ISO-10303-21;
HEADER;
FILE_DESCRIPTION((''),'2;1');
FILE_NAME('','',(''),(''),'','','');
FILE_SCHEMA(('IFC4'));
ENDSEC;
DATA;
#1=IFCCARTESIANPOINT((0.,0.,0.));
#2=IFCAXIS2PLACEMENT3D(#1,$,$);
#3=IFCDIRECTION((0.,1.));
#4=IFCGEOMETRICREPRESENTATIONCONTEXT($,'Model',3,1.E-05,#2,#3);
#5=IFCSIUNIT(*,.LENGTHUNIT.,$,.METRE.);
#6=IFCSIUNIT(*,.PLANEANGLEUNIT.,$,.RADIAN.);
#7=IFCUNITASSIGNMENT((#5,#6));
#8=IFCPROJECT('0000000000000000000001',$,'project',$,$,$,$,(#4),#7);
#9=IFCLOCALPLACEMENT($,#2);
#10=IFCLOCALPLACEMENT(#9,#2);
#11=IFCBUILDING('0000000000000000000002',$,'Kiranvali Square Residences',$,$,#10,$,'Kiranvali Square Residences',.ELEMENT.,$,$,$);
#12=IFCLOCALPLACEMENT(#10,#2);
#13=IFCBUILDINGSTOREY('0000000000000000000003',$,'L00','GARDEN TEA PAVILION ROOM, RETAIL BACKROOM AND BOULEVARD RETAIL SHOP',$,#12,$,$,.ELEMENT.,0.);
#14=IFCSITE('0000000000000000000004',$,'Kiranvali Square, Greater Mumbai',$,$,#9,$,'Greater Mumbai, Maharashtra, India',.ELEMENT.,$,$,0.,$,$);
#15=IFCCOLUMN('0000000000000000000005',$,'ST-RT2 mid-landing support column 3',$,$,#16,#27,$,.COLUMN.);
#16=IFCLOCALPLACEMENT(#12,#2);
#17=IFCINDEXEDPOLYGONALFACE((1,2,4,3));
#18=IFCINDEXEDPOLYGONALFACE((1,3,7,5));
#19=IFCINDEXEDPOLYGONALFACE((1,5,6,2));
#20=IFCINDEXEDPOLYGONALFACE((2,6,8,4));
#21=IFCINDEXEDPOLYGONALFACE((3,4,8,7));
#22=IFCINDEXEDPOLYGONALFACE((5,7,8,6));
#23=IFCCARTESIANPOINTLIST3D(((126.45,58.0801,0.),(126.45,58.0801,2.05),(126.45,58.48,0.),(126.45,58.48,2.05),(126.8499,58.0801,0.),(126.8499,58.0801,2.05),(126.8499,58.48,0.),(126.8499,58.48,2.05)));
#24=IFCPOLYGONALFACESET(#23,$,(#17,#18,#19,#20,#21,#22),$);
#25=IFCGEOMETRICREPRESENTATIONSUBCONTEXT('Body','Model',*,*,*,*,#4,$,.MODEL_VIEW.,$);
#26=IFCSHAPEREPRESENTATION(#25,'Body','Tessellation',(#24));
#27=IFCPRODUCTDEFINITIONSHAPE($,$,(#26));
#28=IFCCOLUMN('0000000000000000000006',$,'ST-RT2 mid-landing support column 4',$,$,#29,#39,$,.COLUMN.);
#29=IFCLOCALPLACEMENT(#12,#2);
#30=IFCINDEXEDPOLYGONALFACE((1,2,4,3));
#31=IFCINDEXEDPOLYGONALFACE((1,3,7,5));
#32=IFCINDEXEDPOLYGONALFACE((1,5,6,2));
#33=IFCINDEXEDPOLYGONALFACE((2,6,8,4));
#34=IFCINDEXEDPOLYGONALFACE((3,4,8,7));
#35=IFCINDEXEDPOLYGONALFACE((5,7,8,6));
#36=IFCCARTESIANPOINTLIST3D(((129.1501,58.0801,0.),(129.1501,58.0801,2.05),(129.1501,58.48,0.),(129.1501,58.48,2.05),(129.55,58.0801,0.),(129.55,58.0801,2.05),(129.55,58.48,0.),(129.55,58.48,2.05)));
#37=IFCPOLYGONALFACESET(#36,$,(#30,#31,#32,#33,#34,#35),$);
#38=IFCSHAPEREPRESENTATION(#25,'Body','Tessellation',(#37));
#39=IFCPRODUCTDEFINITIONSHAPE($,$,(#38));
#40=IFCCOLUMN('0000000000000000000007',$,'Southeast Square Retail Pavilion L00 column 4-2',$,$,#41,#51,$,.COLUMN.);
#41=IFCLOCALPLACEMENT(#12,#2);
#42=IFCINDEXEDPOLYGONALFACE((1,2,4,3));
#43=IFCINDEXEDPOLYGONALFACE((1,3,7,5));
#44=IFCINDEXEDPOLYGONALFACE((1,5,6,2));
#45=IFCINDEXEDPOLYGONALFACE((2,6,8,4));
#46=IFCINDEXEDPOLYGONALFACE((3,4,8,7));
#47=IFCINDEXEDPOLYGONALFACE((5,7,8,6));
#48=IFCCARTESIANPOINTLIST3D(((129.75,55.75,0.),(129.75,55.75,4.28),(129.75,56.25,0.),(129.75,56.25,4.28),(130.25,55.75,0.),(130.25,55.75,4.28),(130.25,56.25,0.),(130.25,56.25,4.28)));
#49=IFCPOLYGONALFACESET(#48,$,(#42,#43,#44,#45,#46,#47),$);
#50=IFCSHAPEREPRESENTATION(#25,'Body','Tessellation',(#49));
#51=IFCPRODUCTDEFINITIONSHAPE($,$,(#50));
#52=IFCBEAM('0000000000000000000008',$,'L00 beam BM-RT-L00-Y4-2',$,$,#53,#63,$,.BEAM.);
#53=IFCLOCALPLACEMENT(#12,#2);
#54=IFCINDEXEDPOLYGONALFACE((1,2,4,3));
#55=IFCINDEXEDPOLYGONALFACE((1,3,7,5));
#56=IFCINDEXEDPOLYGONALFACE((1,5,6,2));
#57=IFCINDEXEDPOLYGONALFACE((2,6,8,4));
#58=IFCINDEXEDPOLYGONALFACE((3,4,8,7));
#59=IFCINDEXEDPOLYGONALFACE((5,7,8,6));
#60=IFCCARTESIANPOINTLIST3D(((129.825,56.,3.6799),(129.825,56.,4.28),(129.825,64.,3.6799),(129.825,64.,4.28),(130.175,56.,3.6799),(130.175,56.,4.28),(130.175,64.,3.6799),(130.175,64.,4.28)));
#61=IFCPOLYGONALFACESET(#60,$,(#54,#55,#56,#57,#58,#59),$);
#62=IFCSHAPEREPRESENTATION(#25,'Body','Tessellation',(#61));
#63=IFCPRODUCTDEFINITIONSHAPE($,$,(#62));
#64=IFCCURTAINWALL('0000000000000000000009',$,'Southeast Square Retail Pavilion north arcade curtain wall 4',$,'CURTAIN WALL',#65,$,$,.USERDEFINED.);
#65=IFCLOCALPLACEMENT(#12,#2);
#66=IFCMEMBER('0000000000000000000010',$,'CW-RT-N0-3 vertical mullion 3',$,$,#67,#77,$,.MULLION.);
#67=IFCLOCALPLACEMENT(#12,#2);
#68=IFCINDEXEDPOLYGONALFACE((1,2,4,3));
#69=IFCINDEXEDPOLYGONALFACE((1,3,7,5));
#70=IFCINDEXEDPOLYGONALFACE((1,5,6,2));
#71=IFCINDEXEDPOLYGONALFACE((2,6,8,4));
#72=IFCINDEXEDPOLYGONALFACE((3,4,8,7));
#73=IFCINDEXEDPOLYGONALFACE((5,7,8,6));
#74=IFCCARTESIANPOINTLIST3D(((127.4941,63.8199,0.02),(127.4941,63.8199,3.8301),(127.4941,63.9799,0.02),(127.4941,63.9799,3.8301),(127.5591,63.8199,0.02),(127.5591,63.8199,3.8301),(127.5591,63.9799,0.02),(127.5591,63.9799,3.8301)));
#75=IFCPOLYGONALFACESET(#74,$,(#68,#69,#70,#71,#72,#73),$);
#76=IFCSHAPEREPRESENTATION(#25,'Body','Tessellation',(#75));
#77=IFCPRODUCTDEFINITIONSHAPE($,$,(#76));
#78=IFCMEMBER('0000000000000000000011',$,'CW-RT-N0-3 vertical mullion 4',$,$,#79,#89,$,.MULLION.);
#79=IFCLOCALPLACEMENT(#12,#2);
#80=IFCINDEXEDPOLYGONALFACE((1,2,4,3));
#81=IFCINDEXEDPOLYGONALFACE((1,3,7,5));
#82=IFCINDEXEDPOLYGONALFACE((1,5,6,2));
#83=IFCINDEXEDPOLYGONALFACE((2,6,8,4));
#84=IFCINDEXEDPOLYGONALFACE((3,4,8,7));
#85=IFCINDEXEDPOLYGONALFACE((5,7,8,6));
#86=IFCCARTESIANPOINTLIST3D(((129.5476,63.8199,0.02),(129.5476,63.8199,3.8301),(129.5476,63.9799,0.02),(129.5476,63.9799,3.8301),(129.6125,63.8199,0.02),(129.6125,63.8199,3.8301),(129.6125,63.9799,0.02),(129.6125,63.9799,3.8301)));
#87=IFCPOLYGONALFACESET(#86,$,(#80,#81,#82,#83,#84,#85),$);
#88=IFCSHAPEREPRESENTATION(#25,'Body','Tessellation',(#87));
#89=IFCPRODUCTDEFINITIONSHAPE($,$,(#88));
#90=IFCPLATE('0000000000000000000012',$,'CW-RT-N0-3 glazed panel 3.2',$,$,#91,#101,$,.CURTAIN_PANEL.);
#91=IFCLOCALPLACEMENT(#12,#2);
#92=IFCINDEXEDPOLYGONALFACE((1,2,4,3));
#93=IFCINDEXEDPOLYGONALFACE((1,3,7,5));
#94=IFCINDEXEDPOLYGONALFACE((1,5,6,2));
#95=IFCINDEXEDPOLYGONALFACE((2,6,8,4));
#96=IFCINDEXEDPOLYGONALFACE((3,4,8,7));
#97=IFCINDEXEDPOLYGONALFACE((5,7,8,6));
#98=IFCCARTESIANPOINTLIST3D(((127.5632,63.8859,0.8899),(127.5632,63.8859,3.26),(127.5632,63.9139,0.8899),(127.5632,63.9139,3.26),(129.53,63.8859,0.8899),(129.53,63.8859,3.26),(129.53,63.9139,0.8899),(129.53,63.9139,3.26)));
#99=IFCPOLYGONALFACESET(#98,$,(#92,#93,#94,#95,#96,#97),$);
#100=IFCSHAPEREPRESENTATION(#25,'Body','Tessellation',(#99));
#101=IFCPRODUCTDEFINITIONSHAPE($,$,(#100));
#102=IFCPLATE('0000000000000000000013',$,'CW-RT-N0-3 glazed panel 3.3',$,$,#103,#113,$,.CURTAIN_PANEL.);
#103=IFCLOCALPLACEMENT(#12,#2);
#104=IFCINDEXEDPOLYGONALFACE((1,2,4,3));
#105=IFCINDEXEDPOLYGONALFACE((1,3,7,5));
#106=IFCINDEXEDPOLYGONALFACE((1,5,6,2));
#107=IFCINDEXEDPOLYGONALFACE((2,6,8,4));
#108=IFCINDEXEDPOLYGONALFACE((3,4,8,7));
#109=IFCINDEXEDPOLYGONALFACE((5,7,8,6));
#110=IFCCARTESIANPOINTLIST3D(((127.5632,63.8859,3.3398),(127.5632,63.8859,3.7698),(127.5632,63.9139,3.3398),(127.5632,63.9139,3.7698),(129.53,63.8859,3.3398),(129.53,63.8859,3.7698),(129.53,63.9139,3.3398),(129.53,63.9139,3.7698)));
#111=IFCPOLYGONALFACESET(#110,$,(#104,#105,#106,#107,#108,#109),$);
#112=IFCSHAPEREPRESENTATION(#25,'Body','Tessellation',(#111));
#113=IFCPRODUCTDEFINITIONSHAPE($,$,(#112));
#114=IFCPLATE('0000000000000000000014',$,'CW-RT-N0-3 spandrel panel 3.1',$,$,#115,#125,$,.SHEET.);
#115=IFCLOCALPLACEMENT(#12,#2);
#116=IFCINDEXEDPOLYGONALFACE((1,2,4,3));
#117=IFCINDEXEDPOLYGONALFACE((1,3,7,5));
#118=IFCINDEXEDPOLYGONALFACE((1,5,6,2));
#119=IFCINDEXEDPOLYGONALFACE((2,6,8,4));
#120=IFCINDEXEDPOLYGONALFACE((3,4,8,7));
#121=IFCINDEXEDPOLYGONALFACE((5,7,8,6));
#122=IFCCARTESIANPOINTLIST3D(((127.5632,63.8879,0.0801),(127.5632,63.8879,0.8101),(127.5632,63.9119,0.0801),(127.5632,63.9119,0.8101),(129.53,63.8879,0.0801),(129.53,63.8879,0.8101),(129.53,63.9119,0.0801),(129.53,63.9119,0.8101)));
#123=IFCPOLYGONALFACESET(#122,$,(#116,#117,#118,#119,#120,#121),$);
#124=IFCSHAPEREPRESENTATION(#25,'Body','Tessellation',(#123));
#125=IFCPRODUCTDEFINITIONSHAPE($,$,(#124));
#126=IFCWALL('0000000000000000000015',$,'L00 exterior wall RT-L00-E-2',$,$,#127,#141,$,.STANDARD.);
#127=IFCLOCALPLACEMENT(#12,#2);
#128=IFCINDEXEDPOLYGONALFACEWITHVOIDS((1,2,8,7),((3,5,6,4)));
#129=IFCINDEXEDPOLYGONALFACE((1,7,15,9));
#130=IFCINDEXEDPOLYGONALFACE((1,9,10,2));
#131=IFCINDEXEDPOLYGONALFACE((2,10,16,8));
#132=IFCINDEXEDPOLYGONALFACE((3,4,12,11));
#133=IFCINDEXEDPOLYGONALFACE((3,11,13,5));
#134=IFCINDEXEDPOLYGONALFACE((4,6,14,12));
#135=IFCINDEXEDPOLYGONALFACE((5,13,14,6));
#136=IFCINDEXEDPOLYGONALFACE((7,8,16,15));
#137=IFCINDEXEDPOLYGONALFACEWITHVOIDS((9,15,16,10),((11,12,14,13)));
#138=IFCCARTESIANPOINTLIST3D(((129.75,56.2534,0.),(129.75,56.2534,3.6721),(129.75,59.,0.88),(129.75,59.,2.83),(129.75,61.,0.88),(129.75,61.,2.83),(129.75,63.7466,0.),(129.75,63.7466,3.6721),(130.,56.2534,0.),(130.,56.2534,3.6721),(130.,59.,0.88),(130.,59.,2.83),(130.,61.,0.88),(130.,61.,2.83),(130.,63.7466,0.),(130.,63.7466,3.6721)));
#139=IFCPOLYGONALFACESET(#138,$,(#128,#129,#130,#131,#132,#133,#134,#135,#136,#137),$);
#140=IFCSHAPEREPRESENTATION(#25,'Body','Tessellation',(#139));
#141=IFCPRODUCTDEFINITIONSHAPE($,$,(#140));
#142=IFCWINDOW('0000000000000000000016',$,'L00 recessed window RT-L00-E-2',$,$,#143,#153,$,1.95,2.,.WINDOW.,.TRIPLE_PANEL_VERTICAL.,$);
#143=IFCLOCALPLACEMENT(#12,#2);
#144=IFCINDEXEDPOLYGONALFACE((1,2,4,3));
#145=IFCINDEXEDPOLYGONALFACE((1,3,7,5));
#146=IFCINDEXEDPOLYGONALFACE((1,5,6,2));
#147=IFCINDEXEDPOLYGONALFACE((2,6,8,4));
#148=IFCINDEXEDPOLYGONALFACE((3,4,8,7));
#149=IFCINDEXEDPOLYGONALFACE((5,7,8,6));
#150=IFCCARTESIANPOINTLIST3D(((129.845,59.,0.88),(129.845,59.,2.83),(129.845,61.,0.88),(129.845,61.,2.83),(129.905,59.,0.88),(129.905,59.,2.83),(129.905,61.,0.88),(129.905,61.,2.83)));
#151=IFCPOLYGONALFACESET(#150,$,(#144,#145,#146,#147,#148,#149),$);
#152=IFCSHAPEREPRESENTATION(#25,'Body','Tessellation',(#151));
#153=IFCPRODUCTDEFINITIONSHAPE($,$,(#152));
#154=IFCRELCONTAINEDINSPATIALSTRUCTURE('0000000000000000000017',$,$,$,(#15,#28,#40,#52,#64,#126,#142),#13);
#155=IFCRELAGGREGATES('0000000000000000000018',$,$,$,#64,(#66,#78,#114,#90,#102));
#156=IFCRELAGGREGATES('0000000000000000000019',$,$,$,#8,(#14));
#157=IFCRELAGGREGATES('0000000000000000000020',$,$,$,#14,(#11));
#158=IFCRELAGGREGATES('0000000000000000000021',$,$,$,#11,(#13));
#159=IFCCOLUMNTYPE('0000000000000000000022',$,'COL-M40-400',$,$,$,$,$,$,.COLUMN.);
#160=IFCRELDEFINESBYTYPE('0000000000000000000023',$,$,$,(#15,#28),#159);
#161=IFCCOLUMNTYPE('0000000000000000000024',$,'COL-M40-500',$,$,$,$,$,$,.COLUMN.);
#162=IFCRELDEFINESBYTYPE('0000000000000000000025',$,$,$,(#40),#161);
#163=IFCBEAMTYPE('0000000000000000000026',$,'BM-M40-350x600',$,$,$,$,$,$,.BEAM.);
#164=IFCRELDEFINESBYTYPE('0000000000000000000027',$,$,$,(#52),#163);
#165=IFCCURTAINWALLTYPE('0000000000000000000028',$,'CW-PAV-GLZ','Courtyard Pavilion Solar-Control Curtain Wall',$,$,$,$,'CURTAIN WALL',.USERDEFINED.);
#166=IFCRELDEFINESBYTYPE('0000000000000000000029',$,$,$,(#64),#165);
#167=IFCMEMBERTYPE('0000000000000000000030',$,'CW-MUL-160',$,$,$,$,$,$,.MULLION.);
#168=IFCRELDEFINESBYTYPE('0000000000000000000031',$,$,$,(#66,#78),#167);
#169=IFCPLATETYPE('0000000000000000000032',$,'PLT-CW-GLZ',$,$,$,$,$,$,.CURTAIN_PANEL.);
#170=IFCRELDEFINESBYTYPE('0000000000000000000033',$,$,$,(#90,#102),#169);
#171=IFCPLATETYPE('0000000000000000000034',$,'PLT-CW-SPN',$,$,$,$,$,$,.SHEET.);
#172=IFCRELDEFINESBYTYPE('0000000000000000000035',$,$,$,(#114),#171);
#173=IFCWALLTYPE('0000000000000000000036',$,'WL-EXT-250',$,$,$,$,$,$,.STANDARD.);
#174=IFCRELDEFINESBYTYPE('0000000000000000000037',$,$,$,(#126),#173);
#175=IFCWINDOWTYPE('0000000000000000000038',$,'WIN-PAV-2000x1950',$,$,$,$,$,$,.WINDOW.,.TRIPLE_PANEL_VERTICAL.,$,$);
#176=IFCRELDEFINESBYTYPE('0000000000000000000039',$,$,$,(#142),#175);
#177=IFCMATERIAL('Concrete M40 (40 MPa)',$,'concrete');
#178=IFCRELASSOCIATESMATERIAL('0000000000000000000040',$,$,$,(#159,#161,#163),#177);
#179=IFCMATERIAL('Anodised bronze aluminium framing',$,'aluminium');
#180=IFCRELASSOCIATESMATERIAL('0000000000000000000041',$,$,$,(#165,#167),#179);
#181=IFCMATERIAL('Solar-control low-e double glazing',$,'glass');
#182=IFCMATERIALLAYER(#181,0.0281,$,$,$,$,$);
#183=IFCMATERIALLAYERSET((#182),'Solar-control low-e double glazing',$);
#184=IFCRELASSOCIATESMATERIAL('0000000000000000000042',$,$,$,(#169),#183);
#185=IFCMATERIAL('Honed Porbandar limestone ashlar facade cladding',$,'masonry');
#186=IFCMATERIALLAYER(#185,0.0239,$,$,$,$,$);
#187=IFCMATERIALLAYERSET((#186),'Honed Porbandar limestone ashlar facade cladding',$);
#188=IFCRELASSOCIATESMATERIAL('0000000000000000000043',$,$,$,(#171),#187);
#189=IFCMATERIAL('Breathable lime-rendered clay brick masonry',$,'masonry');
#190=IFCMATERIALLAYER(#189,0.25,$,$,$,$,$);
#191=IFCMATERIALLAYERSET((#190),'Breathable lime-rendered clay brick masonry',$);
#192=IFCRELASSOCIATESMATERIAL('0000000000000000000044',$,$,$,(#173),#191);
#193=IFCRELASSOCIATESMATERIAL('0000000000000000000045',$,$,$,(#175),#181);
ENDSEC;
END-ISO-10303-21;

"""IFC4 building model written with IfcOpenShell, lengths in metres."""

from ifc_helpers import new_model, si_unit, direction, frame, frame_2d, origin, origin_2d, place, context, subcontext, project, spatial, rectangle, extrude, material, layer, layer_set, material_profile, profile_set, type_object, element, fill, aggregate, save


model = new_model("IFC4")

# Units and contexts
model_context = context("Model", 3, precision=1e-05, world=origin(), true_north=direction((0.0, 1.0)))
body_context = subcontext(model_context, "Body", "Model", "MODEL_VIEW")
ifc_project = project(units=[si_unit("LENGTHUNIT", "METRE"), si_unit("PLANEANGLEUNIT", "RADIAN")], contexts=[model_context])

# Site, building, storey
site_placement = place(None, origin())
site = spatial("IfcSite", under=ifc_project, at=site_placement, Name="Kiranvali Square, Greater Mumbai", LongName="Greater Mumbai, Maharashtra, India", CompositionType="ELEMENT", RefElevation=0.0)
building_placement = place(site_placement, origin())
building = spatial("IfcBuilding", under=site, at=building_placement, Name="Kiranvali Square Residences", LongName="Kiranvali Square Residences", CompositionType="ELEMENT")
storey_placement = place(building_placement, origin())
storey = spatial("IfcBuildingStorey", under=building, at=storey_placement, Name="L00", Description="GARDEN TEA PAVILION ROOM, RETAIL BACKROOM AND BOULEVARD RETAIL SHOP", CompositionType="ELEMENT", Elevation=0.0)

# Columns
ifc_material_1 = material(Name="Concrete M40 (40 MPa)", Category="concrete")
ifc_material_profile_1 = material_profile(ifc_material_1, rectangle(XDim=0.3999, YDim=0.3999, at=origin_2d()), Name="RC 400x400")
ifc_profile_set_1 = profile_set([ifc_material_profile_1], Name="Concrete M40 (40 MPa)")
column_type_1 = type_object("IfcColumnType", Name="COL-M40-400", PredefinedType="COLUMN", material=ifc_profile_set_1)
for number, where, z_axis, x_axis, name in (
    (1, (126.6499, 58.28, 0.0), (0.0, 0.0, 1.0), (1.0, 0.0, 0.0), "ST-RT2 mid-landing support column 3"),
    (2, (129.3501, 58.28, 0.0), (0.0, 0.0, 1.0), (1.0, 0.0, 0.0), "ST-RT2 mid-landing support column 4"),
):
    element("IfcColumn", number, at=place(storey_placement, frame(where, z_axis=z_axis, x_axis=x_axis)), inside=storey, type_object=column_type_1, Name=name, PredefinedType="COLUMN", context=body_context, shape_type="SweptSolid", body=[
        extrude(rectangle(XDim=0.3999, YDim=0.3999, at=origin_2d()), origin(), (0.0, 0.0, 1.0), 2.05),
    ])
ifc_material_profile_2 = material_profile(ifc_material_1, rectangle(XDim=0.5, YDim=0.5, at=origin_2d()), Name="RC 500x500")
ifc_profile_set_2 = profile_set([ifc_material_profile_2], Name="Concrete M40 (40 MPa)")
column_type_2 = type_object("IfcColumnType", Name="COL-M40-500", PredefinedType="COLUMN", material=ifc_profile_set_2)
column_placement = place(storey_placement, frame((130.0, 56.0, 0.0), z_axis=(0.0, 0.0, 1.0), x_axis=(1.0, 0.0, 0.0)))
element("IfcColumn", 3, at=column_placement, inside=storey, type_object=column_type_2, Name="Southeast Square Retail Pavilion L00 column 4-2", PredefinedType="COLUMN", context=body_context, shape_type="SweptSolid", body=[
    extrude(rectangle(XDim=0.5, YDim=0.5, at=origin_2d()), origin(), (0.0, 0.0, 1.0), 4.28),
])

# Beam
ifc_material_profile_3 = material_profile(ifc_material_1, rectangle(XDim=0.3501, YDim=0.6001, at=origin_2d()), Name="RC 350x600")
ifc_profile_set_3 = profile_set([ifc_material_profile_3], Name="Concrete M40 (40 MPa)")
beam_type = type_object("IfcBeamType", Name="BM-M40-350x600", PredefinedType="BEAM", material=ifc_profile_set_3)
beam_placement = place(storey_placement, frame((130.0, 56.0, 3.98), z_axis=(0.0, 1.0, 0.0), x_axis=(-1.0, 0.0, 0.0)))
element("IfcBeam", 4, at=beam_placement, inside=storey, type_object=beam_type, Name="L00 beam BM-RT-L00-Y4-2", PredefinedType="BEAM", context=body_context, shape_type="SweptSolid", body=[
    extrude(rectangle(XDim=0.3501, YDim=0.6001, at=origin_2d()), origin(), (0.0, 0.0, 1.0), 8.0),
])

# Curtain wall, members, plates
ifc_material_2 = material(Name="Anodised bronze aluminium framing", Category="aluminium")
curtain_wall_type = type_object("IfcCurtainWallType", Name="CW-PAV-GLZ", Description="Courtyard Pavilion Solar-Control Curtain Wall", ElementType="CURTAIN WALL", PredefinedType="USERDEFINED", material=ifc_material_2)
curtain_wall_placement = place(storey_placement, origin())
curtain_wall = element("IfcCurtainWall", 5, at=curtain_wall_placement, inside=storey, type_object=curtain_wall_type, Name="Southeast Square Retail Pavilion north arcade curtain wall 4", ObjectType="CURTAIN WALL", PredefinedType="USERDEFINED")
ifc_material_profile_4 = material_profile(ifc_material_2, rectangle(XDim=0.0649, YDim=0.1599, at=origin_2d()), Name="ALU 65x160")
ifc_profile_set_4 = profile_set([ifc_material_profile_4], Name="Anodised bronze aluminium framing")
member_type = type_object("IfcMemberType", Name="CW-MUL-160", PredefinedType="MULLION", material=ifc_profile_set_4)
member_1_placement = place(storey_placement, frame((127.5266, 63.8999, 0.02), z_axis=(0.0, 0.0, 1.0), x_axis=(1.0, 0.0, 0.0)))
member_1 = element("IfcMember", 6, at=member_1_placement, type_object=member_type, Name="CW-RT-N0-3 vertical mullion 3", PredefinedType="MULLION", context=body_context, shape_type="SweptSolid", body=[
    extrude(rectangle(XDim=0.0649, YDim=0.1599, at=origin_2d()), origin(), (0.0, 0.0, 1.0), 3.8101),
])
member_2_placement = place(storey_placement, frame((129.5801, 63.8999, 0.02), z_axis=(0.0, 0.0, 1.0), x_axis=(1.0, 0.0, 0.0)))
member_2 = element("IfcMember", 7, at=member_2_placement, type_object=member_type, Name="CW-RT-N0-3 vertical mullion 4", PredefinedType="MULLION", context=body_context, shape_type="SweptSolid", body=[
    extrude(rectangle(XDim=0.0649, YDim=0.1599, at=origin_2d()), origin(), (0.0, 0.0, 1.0), 3.8101),
])
ifc_material_3 = material(Name="Solar-control low-e double glazing", Category="glass")
ifc_layer_1 = layer(ifc_material_3, 0.0281)
ifc_layer_set_1 = layer_set([ifc_layer_1], Name="Solar-control low-e double glazing")
plate_type_1 = type_object("IfcPlateType", Name="PLT-CW-GLZ", PredefinedType="CURTAIN_PANEL", material=ifc_layer_set_1)
plate_1_placement = place(storey_placement, frame((128.5466, 63.8999, 0.8899), z_axis=(0.0, 0.0, 1.0), x_axis=(1.0, 0.0, 0.0)))
plate_1 = element("IfcPlate", 8, at=plate_1_placement, type_object=plate_type_1, Name="CW-RT-N0-3 glazed panel 3.2", PredefinedType="CURTAIN_PANEL", context=body_context, shape_type="SweptSolid", body=[
    extrude(rectangle(XDim=1.9668, YDim=0.0281, at=origin_2d()), origin(), (0.0, 0.0, 1.0), 2.3701),
])
plate_2_placement = place(storey_placement, frame((128.5466, 63.8999, 3.3398), z_axis=(0.0, 0.0, 1.0), x_axis=(1.0, 0.0, 0.0)))
plate_2 = element("IfcPlate", 9, at=plate_2_placement, type_object=plate_type_1, Name="CW-RT-N0-3 glazed panel 3.3", PredefinedType="CURTAIN_PANEL", context=body_context, shape_type="SweptSolid", body=[
    extrude(rectangle(XDim=1.9668, YDim=0.0281, at=origin_2d()), origin(), (0.0, 0.0, 1.0), 0.4299),
])
ifc_material_4 = material(Name="Honed Porbandar limestone ashlar facade cladding", Category="masonry")
ifc_layer_2 = layer(ifc_material_4, 0.0239)
ifc_layer_set_2 = layer_set([ifc_layer_2], Name="Honed Porbandar limestone ashlar facade cladding")
plate_type_2 = type_object("IfcPlateType", Name="PLT-CW-SPN", PredefinedType="SHEET", material=ifc_layer_set_2)
plate_3_placement = place(storey_placement, frame((128.5466, 63.8999, 0.0801), z_axis=(0.0, 0.0, 1.0), x_axis=(1.0, 0.0, 0.0)))
plate_3 = element("IfcPlate", 10, at=plate_3_placement, type_object=plate_type_2, Name="CW-RT-N0-3 spandrel panel 3.1", PredefinedType="SHEET", context=body_context, shape_type="SweptSolid", body=[
    extrude(rectangle(XDim=1.9668, YDim=0.0239, at=origin_2d()), origin(), (0.0, 0.0, 1.0), 0.73),
])
aggregate(curtain_wall, [member_1, member_2, plate_3, plate_1, plate_2])

# Wall, opening, window
ifc_material_5 = material(Name="Breathable lime-rendered clay brick masonry", Category="masonry")
ifc_layer_3 = layer(ifc_material_5, 0.25)
ifc_layer_set_3 = layer_set([ifc_layer_3], Name="Breathable lime-rendered clay brick masonry")
wall_type = type_object("IfcWallType", Name="WL-EXT-250", PredefinedType="STANDARD", material=ifc_layer_set_3)
wall_placement = place(storey_placement, frame((129.875, 56.2534, 0.0), z_axis=(0.0, 0.0, 1.0), x_axis=(0.0, 1.0, 0.0)))
wall = element("IfcWall", 11, at=wall_placement, inside=storey, type_object=wall_type, Name="L00 exterior wall RT-L00-E-2", PredefinedType="STANDARD", context=body_context, shape_type="SweptSolid", body=[
    extrude(rectangle(XDim=7.4932, YDim=0.25, at=frame_2d((3.7466, 0.0))), origin(), (0.0, 0.0, 1.0), 3.6721),
])
opening_placement = place(wall_placement, frame((2.7466, 0.0, 0.8799)))
opening = element("IfcOpeningElement", 12, at=opening_placement, cuts=wall, PredefinedType="OPENING", context=body_context, shape_type="SweptSolid", body=[
    extrude(rectangle(XDim=2.0, YDim=1.95, at=frame_2d((1.0, 0.9751))), frame((0.0, 0.135, 0.0), z_axis=(0.0, -1.0, 0.0), x_axis=(1.0, 0.0, 0.0)), (0.0, 0.0, 1.0), 0.27),
])
window_type = type_object("IfcWindowType", Name="WIN-PAV-2000x1950", PartitioningType="TRIPLE_PANEL_VERTICAL", PredefinedType="WINDOW", material=ifc_material_3)
window_placement = place(opening_placement, origin())
window = element("IfcWindow", 13, at=window_placement, inside=storey, type_object=window_type, Name="L00 recessed window RT-L00-E-2", OverallHeight=1.95, OverallWidth=2.0, PartitioningType="TRIPLE_PANEL_VERTICAL", PredefinedType="WINDOW", context=body_context, shape_type="SweptSolid", body=[
    extrude(rectangle(XDim=2.0, YDim=1.95, at=frame_2d((1.0, 0.9751))), frame((0.0, 0.03, 0.0), z_axis=(0.0, -1.0, 0.0), x_axis=(1.0, 0.0, 0.0)), (0.0, 0.0, 1.0), 0.0601),
])
fill(opening, window)

save(model, "model.ifc")
